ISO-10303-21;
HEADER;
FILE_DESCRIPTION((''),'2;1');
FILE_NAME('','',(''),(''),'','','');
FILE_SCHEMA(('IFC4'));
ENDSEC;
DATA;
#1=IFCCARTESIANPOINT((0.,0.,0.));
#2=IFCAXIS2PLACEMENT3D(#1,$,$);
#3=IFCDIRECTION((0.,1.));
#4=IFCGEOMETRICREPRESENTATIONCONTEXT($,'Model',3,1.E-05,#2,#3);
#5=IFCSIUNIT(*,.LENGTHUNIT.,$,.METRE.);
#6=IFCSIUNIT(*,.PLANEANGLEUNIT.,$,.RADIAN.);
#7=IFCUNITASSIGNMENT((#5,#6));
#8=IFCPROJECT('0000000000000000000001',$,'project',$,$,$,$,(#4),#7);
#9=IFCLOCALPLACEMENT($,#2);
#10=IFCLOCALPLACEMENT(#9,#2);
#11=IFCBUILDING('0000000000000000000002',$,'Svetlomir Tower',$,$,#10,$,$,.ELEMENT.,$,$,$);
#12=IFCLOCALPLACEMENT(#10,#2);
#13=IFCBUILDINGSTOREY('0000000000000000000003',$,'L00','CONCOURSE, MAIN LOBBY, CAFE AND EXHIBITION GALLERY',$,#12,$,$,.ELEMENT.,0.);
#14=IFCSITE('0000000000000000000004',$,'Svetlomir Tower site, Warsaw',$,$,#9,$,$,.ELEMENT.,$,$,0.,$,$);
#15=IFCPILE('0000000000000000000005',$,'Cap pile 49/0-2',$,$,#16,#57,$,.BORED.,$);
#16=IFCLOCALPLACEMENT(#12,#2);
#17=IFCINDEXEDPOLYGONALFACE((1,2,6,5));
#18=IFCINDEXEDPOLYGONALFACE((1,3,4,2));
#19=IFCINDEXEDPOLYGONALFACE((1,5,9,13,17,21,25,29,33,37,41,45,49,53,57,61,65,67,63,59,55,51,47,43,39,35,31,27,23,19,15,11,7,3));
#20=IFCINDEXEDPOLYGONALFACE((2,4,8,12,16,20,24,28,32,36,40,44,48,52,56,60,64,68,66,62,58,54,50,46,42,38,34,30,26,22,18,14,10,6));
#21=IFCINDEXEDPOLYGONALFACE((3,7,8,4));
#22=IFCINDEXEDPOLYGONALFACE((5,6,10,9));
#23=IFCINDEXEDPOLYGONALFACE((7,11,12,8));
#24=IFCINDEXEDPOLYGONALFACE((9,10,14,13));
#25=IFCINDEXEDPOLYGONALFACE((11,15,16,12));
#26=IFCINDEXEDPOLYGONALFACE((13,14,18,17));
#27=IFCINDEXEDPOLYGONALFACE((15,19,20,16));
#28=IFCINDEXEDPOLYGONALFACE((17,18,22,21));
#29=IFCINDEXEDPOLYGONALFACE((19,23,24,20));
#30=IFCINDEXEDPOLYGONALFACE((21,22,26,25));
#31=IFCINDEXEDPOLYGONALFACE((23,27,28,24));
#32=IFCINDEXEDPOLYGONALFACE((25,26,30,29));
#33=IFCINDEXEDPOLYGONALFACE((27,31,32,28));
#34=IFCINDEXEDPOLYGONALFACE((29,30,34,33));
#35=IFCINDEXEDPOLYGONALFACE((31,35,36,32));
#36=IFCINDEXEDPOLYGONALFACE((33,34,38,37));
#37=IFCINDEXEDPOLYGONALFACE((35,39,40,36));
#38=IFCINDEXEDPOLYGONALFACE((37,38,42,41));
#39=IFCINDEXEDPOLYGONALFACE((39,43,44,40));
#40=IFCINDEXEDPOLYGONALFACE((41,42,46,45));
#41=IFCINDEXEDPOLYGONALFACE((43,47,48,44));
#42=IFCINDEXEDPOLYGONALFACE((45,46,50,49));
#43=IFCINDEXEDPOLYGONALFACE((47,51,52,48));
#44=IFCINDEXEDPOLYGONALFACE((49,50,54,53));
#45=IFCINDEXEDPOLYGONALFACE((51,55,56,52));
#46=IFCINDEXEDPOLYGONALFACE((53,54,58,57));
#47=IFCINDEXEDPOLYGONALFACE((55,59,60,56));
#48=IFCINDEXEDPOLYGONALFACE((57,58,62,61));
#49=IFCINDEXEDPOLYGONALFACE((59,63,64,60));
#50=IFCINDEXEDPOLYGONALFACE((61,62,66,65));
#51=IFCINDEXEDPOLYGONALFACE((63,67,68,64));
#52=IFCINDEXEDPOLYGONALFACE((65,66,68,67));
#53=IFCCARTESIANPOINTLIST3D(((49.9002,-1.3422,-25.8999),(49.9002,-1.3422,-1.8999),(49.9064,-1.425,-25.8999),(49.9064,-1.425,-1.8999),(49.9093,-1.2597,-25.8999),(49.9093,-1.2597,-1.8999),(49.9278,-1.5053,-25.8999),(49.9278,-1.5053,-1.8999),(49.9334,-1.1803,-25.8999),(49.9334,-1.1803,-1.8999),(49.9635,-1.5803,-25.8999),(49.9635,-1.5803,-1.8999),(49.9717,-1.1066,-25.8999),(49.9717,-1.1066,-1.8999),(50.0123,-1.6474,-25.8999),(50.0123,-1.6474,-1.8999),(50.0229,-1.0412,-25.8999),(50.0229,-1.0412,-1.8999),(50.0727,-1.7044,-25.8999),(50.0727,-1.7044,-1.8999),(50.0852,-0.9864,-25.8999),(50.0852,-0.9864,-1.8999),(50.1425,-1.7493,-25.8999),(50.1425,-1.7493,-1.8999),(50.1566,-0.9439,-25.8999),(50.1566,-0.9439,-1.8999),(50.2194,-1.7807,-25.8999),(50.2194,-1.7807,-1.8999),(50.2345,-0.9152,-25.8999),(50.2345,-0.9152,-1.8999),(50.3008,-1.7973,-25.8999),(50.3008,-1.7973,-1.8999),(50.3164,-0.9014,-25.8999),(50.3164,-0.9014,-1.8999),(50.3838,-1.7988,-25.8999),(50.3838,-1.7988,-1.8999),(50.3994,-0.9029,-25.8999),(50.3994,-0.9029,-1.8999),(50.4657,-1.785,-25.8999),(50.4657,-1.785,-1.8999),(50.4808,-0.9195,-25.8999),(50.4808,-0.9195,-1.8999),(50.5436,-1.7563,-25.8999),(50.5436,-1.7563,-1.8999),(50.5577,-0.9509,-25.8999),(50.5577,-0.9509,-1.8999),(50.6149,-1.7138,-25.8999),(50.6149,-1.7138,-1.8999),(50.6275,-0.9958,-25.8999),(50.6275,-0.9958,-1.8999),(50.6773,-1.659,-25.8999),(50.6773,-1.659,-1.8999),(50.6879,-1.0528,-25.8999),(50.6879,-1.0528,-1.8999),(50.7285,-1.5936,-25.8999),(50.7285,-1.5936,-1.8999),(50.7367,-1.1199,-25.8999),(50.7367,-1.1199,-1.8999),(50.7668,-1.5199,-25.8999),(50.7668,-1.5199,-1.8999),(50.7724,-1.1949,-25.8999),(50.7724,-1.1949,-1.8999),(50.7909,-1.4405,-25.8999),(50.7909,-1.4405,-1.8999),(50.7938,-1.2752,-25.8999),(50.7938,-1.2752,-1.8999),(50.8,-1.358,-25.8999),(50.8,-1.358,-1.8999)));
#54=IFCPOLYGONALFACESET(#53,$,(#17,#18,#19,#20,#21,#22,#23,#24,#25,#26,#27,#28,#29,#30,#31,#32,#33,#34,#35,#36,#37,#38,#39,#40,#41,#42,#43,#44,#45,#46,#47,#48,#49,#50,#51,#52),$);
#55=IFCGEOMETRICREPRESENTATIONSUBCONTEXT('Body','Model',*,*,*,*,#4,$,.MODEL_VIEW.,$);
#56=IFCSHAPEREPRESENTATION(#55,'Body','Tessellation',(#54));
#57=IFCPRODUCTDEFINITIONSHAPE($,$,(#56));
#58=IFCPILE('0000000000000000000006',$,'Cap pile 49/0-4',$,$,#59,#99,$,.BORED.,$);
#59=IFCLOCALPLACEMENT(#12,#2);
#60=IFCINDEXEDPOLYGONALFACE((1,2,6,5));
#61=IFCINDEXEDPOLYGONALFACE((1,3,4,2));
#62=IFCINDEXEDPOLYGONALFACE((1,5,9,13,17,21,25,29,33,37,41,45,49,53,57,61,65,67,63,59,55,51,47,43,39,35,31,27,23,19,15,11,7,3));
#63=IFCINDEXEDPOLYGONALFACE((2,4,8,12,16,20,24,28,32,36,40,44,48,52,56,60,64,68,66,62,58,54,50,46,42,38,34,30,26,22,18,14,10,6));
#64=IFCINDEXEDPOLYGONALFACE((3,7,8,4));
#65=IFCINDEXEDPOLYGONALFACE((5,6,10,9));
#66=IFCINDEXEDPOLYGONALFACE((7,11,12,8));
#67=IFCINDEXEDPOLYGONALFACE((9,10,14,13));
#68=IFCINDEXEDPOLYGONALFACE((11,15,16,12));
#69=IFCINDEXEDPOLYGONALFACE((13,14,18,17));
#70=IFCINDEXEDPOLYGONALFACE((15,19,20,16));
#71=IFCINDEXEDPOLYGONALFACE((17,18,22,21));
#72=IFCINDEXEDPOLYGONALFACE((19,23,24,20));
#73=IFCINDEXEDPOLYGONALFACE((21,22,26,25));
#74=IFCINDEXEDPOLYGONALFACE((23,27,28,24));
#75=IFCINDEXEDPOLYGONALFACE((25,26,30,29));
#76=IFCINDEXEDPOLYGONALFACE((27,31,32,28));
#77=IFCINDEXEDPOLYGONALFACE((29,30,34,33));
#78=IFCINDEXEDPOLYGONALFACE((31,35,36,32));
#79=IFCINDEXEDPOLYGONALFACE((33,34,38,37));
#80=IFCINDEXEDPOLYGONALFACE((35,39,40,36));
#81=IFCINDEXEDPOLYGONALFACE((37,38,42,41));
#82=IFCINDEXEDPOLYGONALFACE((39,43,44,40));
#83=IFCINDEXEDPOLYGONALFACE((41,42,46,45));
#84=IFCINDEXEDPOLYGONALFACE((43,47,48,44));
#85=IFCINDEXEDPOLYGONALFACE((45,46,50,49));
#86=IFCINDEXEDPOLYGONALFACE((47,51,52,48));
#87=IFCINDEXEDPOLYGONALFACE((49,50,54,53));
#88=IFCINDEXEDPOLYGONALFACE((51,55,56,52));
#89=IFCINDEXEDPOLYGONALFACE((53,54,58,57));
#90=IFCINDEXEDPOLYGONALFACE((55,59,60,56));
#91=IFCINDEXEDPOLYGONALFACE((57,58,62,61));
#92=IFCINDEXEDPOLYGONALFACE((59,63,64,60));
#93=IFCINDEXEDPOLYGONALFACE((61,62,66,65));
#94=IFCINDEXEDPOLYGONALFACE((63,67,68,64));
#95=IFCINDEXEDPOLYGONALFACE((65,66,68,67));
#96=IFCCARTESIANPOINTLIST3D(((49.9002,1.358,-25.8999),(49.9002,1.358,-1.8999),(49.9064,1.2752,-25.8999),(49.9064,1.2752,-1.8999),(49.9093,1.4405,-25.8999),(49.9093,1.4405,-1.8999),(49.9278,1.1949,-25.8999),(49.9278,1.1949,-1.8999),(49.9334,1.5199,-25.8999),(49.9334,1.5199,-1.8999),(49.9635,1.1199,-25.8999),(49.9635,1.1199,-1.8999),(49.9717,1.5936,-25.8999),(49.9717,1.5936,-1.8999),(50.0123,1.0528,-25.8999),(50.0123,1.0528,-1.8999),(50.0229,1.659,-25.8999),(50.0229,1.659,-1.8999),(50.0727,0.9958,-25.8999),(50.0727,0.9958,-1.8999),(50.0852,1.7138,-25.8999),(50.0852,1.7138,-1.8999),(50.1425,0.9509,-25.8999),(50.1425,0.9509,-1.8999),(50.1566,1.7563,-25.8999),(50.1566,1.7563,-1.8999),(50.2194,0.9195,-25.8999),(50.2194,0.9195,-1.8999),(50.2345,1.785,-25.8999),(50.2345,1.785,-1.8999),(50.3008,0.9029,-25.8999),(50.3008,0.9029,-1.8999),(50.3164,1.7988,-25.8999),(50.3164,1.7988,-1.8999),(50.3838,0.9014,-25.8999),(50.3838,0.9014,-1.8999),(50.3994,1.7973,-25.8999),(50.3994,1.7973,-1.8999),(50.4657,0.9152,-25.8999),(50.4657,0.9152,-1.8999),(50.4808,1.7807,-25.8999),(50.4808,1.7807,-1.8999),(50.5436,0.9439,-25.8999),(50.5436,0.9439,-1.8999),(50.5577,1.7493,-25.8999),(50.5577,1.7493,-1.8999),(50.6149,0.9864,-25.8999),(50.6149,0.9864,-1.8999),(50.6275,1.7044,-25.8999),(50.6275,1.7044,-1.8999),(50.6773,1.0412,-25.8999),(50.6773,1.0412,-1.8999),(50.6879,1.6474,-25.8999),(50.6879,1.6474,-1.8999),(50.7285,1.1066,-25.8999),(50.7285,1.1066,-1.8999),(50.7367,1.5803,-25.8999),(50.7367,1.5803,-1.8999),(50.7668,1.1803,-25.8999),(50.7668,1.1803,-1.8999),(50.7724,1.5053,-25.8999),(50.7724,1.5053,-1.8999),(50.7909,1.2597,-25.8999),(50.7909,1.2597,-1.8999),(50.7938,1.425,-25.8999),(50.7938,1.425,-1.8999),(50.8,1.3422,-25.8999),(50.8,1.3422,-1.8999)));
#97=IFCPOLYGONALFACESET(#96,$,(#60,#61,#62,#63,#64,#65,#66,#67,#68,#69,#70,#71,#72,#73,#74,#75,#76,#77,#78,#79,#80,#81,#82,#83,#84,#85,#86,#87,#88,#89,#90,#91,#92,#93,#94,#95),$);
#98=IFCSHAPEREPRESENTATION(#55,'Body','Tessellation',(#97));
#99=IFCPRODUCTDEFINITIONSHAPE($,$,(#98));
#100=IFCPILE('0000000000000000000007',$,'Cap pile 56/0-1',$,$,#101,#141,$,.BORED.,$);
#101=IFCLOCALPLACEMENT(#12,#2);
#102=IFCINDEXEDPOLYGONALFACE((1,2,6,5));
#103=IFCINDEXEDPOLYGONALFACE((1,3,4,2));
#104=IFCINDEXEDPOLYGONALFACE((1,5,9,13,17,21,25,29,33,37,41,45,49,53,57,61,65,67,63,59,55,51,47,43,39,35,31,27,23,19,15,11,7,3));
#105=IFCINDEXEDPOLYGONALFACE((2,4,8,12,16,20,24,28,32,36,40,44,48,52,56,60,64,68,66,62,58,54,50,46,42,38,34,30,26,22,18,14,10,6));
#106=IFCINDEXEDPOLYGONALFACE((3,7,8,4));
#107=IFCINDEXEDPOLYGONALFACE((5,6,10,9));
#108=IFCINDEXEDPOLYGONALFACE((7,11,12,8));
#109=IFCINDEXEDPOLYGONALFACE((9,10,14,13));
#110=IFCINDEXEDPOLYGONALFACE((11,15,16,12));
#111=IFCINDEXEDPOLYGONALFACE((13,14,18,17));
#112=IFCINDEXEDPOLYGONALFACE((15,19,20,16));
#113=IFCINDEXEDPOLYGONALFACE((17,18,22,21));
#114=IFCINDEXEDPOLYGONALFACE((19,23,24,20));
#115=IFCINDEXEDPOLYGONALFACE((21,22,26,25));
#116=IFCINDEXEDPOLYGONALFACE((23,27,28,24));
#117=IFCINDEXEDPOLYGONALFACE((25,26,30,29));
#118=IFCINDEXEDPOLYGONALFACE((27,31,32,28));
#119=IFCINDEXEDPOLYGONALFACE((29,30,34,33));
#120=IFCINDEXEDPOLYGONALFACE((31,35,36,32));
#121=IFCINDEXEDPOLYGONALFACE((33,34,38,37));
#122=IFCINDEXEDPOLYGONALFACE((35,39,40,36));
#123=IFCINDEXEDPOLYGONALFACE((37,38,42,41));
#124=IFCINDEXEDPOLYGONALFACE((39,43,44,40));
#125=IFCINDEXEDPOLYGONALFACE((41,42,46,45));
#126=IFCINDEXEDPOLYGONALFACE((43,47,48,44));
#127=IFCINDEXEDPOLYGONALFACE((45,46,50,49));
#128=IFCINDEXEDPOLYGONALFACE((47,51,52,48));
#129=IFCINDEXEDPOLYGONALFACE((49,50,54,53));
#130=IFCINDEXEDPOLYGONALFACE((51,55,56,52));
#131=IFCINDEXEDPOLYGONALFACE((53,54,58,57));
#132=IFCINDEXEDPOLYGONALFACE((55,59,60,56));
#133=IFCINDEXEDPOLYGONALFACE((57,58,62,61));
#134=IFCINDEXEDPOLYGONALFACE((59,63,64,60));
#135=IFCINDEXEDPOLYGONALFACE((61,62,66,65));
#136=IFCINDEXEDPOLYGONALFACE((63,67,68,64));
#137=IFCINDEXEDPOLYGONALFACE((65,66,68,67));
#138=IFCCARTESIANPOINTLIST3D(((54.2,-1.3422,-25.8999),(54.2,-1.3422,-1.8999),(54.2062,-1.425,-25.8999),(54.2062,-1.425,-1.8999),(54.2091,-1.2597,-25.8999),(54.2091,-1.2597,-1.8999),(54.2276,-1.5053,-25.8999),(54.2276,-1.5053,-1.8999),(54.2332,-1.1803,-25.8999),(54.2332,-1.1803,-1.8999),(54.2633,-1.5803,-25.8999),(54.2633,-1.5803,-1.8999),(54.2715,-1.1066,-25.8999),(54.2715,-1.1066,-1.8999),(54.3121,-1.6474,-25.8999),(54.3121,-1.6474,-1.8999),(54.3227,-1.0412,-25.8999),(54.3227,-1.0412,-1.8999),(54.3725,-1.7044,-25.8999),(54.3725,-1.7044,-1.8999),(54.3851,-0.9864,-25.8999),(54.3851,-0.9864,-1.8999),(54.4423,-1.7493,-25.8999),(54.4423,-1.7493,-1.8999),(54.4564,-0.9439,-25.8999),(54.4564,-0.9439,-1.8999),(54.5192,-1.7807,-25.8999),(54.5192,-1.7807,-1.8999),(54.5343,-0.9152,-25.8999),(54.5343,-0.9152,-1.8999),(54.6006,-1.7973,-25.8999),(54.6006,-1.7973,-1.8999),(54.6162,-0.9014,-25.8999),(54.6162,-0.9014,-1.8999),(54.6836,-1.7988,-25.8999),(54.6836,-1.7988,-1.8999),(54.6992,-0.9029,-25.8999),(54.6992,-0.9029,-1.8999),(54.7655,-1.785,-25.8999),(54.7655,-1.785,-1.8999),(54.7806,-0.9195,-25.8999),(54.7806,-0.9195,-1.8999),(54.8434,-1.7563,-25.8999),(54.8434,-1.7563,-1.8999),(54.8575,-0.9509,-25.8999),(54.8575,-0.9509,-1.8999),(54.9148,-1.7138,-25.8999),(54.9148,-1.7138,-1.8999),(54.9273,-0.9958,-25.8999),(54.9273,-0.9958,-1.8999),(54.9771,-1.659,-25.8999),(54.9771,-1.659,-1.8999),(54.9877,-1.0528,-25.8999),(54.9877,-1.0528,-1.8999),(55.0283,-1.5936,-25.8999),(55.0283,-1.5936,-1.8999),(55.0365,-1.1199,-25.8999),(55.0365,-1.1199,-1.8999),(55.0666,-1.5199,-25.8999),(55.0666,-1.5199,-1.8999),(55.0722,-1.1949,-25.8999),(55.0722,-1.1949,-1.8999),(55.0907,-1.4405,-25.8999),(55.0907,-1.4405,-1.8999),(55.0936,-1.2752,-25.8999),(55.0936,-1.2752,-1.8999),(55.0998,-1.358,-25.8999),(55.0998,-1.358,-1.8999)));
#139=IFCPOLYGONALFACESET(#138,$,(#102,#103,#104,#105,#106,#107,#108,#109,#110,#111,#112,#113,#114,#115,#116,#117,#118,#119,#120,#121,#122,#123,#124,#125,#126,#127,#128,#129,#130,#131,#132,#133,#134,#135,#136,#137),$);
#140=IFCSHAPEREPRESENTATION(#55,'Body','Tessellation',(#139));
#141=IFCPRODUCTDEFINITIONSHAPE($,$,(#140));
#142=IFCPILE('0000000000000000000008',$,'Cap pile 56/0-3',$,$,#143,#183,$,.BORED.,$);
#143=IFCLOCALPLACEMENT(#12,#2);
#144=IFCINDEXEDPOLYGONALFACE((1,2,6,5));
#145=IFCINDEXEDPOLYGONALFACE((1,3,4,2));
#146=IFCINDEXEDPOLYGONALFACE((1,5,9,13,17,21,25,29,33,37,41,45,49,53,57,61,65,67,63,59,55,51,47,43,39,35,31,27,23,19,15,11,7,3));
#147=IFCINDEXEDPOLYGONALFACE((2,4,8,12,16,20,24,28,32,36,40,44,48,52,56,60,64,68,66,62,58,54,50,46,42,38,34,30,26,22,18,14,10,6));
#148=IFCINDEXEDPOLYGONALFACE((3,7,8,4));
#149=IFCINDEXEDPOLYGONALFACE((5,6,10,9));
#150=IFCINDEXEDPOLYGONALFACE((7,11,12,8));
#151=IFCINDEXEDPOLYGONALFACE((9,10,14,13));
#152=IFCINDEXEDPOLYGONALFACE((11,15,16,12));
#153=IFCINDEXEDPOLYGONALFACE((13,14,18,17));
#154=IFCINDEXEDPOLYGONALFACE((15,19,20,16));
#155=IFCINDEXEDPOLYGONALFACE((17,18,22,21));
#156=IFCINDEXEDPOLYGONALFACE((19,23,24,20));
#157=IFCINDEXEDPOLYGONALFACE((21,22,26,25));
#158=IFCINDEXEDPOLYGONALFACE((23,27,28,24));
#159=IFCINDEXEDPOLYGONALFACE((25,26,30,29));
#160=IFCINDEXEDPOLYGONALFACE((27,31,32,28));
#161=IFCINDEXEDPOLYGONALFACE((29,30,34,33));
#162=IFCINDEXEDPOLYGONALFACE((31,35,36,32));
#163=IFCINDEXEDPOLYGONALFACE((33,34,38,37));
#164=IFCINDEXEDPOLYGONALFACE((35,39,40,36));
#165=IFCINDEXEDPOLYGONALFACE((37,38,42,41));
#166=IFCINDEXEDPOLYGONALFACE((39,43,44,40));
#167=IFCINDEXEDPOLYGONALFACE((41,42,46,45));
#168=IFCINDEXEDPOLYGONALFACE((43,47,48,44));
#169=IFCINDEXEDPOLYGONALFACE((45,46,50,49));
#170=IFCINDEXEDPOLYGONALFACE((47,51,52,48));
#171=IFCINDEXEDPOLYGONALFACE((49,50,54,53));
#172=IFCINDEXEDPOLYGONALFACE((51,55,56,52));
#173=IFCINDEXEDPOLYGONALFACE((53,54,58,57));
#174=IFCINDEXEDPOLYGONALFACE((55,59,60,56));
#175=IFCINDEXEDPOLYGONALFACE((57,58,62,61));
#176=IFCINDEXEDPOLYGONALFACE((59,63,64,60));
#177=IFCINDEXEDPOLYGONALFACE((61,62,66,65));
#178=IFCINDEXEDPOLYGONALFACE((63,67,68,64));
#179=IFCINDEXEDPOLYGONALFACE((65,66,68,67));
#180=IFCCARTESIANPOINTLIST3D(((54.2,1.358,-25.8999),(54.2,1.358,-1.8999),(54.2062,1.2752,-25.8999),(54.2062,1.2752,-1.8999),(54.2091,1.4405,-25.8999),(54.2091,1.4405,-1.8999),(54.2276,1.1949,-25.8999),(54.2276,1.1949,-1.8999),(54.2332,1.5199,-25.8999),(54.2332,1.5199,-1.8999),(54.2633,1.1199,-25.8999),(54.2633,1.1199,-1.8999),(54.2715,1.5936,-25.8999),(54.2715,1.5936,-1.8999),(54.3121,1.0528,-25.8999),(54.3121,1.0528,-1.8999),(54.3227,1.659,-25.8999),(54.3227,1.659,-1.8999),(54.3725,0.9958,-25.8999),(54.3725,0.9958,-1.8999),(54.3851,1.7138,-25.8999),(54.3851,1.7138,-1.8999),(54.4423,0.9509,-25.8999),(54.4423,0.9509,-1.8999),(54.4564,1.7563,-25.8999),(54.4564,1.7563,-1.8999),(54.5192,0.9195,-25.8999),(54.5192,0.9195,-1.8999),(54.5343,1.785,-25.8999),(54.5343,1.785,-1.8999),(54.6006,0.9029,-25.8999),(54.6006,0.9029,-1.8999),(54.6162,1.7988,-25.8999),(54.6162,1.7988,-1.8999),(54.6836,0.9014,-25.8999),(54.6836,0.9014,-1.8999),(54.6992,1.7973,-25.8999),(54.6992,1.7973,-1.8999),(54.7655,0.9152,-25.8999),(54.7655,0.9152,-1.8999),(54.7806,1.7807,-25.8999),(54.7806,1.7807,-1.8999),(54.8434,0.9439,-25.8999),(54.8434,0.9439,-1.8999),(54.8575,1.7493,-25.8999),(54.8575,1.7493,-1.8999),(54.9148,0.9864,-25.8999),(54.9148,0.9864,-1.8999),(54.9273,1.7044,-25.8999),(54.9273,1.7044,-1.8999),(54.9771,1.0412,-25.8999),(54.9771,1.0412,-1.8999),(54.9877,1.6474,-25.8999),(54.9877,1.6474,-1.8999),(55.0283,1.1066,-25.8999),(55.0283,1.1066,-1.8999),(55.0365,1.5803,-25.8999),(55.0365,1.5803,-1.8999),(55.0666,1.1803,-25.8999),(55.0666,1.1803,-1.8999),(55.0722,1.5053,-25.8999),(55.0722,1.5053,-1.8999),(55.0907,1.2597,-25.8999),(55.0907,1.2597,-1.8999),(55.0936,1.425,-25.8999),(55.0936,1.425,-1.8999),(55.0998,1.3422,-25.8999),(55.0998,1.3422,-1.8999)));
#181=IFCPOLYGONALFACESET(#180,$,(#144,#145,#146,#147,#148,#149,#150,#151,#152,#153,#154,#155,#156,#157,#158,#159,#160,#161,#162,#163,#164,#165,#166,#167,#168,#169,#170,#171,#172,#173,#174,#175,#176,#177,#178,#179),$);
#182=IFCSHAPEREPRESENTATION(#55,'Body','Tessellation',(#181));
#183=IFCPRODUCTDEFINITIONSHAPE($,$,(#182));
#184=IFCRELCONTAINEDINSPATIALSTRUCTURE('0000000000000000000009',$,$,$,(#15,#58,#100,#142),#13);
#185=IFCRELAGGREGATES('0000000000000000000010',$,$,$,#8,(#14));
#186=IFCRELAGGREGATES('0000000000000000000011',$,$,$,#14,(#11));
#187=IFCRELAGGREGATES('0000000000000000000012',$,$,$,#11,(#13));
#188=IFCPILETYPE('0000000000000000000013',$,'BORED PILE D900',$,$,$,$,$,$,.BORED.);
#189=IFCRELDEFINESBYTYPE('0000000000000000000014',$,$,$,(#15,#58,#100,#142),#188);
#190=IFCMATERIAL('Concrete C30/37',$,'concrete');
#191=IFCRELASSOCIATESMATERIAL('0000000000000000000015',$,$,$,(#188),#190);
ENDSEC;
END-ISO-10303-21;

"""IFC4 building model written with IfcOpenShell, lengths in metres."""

from ifc_helpers import new_model, si_unit, direction, frame, frame_2d, origin, origin_2d, place, context, subcontext, project, spatial, circle, extrude, material, material_profile, profile_set, type_object, element, save


model = new_model("IFC4")

# Units and contexts
model_context = context("Model", 3, precision=1e-05, world=origin(), true_north=direction((0.0, 1.0)))
body_context = subcontext(model_context, "Body", "Model", "MODEL_VIEW")
ifc_project = project(units=[si_unit("LENGTHUNIT", "METRE"), si_unit("PLANEANGLEUNIT", "RADIAN")], contexts=[model_context])

# Site, building, storey
site_placement = place(None, origin())
site = spatial("IfcSite", under=ifc_project, at=site_placement, Name="Svetlomir Tower site, Warsaw", CompositionType="ELEMENT", RefElevation=0.0)
building_placement = place(site_placement, origin())
building = spatial("IfcBuilding", under=site, at=building_placement, Name="Svetlomir Tower", CompositionType="ELEMENT")
storey_placement = place(building_placement, origin())
storey = spatial("IfcBuildingStorey", under=building, at=storey_placement, Name="L00", Description="CONCOURSE, MAIN LOBBY, CAFE AND EXHIBITION GALLERY", CompositionType="ELEMENT", Elevation=0.0)

# Piles
ifc_material_1 = material(Name="Concrete C30/37", Category="concrete")
ifc_material_profile_1 = material_profile(ifc_material_1, circle(Radius=0.45, at=origin_2d()), Name="RC D900")
ifc_profile_set_1 = profile_set([ifc_material_profile_1], Name="Concrete C30/37")
pile_type = type_object("IfcPileType", Name="BORED PILE D900", PredefinedType="BORED", material=ifc_profile_set_1)
for number, where, z_axis, x_axis, name in (
    (1, (50.3501, -1.3501, -1.8999), (0.0, 0.0, -1.0), (1.0, 0.0, 0.0), "Cap pile 49/0-2"),
    (2, (50.3501, 1.3501, -1.8999), (0.0, 0.0, -1.0), (1.0, 0.0, 0.0), "Cap pile 49/0-4"),
    (3, (54.6499, -1.3501, -1.8999), (0.0, 0.0, -1.0), (1.0, 0.0, 0.0), "Cap pile 56/0-1"),
    (4, (54.6499, 1.3501, -1.8999), (0.0, 0.0, -1.0), (1.0, 0.0, 0.0), "Cap pile 56/0-3"),
):
    element("IfcPile", number, at=place(storey_placement, frame(where, z_axis=z_axis, x_axis=x_axis)), inside=storey, type_object=pile_type, Name=name, PredefinedType="BORED", context=body_context, shape_type="SweptSolid", body=[
        extrude(circle(Radius=0.45, at=frame_2d((0.0, 0.0), x_axis=(0.999848, 0.017452))), origin(), (0.0, 0.0, 1.0), 24.0),
    ])

save(model, "model.ifc")
